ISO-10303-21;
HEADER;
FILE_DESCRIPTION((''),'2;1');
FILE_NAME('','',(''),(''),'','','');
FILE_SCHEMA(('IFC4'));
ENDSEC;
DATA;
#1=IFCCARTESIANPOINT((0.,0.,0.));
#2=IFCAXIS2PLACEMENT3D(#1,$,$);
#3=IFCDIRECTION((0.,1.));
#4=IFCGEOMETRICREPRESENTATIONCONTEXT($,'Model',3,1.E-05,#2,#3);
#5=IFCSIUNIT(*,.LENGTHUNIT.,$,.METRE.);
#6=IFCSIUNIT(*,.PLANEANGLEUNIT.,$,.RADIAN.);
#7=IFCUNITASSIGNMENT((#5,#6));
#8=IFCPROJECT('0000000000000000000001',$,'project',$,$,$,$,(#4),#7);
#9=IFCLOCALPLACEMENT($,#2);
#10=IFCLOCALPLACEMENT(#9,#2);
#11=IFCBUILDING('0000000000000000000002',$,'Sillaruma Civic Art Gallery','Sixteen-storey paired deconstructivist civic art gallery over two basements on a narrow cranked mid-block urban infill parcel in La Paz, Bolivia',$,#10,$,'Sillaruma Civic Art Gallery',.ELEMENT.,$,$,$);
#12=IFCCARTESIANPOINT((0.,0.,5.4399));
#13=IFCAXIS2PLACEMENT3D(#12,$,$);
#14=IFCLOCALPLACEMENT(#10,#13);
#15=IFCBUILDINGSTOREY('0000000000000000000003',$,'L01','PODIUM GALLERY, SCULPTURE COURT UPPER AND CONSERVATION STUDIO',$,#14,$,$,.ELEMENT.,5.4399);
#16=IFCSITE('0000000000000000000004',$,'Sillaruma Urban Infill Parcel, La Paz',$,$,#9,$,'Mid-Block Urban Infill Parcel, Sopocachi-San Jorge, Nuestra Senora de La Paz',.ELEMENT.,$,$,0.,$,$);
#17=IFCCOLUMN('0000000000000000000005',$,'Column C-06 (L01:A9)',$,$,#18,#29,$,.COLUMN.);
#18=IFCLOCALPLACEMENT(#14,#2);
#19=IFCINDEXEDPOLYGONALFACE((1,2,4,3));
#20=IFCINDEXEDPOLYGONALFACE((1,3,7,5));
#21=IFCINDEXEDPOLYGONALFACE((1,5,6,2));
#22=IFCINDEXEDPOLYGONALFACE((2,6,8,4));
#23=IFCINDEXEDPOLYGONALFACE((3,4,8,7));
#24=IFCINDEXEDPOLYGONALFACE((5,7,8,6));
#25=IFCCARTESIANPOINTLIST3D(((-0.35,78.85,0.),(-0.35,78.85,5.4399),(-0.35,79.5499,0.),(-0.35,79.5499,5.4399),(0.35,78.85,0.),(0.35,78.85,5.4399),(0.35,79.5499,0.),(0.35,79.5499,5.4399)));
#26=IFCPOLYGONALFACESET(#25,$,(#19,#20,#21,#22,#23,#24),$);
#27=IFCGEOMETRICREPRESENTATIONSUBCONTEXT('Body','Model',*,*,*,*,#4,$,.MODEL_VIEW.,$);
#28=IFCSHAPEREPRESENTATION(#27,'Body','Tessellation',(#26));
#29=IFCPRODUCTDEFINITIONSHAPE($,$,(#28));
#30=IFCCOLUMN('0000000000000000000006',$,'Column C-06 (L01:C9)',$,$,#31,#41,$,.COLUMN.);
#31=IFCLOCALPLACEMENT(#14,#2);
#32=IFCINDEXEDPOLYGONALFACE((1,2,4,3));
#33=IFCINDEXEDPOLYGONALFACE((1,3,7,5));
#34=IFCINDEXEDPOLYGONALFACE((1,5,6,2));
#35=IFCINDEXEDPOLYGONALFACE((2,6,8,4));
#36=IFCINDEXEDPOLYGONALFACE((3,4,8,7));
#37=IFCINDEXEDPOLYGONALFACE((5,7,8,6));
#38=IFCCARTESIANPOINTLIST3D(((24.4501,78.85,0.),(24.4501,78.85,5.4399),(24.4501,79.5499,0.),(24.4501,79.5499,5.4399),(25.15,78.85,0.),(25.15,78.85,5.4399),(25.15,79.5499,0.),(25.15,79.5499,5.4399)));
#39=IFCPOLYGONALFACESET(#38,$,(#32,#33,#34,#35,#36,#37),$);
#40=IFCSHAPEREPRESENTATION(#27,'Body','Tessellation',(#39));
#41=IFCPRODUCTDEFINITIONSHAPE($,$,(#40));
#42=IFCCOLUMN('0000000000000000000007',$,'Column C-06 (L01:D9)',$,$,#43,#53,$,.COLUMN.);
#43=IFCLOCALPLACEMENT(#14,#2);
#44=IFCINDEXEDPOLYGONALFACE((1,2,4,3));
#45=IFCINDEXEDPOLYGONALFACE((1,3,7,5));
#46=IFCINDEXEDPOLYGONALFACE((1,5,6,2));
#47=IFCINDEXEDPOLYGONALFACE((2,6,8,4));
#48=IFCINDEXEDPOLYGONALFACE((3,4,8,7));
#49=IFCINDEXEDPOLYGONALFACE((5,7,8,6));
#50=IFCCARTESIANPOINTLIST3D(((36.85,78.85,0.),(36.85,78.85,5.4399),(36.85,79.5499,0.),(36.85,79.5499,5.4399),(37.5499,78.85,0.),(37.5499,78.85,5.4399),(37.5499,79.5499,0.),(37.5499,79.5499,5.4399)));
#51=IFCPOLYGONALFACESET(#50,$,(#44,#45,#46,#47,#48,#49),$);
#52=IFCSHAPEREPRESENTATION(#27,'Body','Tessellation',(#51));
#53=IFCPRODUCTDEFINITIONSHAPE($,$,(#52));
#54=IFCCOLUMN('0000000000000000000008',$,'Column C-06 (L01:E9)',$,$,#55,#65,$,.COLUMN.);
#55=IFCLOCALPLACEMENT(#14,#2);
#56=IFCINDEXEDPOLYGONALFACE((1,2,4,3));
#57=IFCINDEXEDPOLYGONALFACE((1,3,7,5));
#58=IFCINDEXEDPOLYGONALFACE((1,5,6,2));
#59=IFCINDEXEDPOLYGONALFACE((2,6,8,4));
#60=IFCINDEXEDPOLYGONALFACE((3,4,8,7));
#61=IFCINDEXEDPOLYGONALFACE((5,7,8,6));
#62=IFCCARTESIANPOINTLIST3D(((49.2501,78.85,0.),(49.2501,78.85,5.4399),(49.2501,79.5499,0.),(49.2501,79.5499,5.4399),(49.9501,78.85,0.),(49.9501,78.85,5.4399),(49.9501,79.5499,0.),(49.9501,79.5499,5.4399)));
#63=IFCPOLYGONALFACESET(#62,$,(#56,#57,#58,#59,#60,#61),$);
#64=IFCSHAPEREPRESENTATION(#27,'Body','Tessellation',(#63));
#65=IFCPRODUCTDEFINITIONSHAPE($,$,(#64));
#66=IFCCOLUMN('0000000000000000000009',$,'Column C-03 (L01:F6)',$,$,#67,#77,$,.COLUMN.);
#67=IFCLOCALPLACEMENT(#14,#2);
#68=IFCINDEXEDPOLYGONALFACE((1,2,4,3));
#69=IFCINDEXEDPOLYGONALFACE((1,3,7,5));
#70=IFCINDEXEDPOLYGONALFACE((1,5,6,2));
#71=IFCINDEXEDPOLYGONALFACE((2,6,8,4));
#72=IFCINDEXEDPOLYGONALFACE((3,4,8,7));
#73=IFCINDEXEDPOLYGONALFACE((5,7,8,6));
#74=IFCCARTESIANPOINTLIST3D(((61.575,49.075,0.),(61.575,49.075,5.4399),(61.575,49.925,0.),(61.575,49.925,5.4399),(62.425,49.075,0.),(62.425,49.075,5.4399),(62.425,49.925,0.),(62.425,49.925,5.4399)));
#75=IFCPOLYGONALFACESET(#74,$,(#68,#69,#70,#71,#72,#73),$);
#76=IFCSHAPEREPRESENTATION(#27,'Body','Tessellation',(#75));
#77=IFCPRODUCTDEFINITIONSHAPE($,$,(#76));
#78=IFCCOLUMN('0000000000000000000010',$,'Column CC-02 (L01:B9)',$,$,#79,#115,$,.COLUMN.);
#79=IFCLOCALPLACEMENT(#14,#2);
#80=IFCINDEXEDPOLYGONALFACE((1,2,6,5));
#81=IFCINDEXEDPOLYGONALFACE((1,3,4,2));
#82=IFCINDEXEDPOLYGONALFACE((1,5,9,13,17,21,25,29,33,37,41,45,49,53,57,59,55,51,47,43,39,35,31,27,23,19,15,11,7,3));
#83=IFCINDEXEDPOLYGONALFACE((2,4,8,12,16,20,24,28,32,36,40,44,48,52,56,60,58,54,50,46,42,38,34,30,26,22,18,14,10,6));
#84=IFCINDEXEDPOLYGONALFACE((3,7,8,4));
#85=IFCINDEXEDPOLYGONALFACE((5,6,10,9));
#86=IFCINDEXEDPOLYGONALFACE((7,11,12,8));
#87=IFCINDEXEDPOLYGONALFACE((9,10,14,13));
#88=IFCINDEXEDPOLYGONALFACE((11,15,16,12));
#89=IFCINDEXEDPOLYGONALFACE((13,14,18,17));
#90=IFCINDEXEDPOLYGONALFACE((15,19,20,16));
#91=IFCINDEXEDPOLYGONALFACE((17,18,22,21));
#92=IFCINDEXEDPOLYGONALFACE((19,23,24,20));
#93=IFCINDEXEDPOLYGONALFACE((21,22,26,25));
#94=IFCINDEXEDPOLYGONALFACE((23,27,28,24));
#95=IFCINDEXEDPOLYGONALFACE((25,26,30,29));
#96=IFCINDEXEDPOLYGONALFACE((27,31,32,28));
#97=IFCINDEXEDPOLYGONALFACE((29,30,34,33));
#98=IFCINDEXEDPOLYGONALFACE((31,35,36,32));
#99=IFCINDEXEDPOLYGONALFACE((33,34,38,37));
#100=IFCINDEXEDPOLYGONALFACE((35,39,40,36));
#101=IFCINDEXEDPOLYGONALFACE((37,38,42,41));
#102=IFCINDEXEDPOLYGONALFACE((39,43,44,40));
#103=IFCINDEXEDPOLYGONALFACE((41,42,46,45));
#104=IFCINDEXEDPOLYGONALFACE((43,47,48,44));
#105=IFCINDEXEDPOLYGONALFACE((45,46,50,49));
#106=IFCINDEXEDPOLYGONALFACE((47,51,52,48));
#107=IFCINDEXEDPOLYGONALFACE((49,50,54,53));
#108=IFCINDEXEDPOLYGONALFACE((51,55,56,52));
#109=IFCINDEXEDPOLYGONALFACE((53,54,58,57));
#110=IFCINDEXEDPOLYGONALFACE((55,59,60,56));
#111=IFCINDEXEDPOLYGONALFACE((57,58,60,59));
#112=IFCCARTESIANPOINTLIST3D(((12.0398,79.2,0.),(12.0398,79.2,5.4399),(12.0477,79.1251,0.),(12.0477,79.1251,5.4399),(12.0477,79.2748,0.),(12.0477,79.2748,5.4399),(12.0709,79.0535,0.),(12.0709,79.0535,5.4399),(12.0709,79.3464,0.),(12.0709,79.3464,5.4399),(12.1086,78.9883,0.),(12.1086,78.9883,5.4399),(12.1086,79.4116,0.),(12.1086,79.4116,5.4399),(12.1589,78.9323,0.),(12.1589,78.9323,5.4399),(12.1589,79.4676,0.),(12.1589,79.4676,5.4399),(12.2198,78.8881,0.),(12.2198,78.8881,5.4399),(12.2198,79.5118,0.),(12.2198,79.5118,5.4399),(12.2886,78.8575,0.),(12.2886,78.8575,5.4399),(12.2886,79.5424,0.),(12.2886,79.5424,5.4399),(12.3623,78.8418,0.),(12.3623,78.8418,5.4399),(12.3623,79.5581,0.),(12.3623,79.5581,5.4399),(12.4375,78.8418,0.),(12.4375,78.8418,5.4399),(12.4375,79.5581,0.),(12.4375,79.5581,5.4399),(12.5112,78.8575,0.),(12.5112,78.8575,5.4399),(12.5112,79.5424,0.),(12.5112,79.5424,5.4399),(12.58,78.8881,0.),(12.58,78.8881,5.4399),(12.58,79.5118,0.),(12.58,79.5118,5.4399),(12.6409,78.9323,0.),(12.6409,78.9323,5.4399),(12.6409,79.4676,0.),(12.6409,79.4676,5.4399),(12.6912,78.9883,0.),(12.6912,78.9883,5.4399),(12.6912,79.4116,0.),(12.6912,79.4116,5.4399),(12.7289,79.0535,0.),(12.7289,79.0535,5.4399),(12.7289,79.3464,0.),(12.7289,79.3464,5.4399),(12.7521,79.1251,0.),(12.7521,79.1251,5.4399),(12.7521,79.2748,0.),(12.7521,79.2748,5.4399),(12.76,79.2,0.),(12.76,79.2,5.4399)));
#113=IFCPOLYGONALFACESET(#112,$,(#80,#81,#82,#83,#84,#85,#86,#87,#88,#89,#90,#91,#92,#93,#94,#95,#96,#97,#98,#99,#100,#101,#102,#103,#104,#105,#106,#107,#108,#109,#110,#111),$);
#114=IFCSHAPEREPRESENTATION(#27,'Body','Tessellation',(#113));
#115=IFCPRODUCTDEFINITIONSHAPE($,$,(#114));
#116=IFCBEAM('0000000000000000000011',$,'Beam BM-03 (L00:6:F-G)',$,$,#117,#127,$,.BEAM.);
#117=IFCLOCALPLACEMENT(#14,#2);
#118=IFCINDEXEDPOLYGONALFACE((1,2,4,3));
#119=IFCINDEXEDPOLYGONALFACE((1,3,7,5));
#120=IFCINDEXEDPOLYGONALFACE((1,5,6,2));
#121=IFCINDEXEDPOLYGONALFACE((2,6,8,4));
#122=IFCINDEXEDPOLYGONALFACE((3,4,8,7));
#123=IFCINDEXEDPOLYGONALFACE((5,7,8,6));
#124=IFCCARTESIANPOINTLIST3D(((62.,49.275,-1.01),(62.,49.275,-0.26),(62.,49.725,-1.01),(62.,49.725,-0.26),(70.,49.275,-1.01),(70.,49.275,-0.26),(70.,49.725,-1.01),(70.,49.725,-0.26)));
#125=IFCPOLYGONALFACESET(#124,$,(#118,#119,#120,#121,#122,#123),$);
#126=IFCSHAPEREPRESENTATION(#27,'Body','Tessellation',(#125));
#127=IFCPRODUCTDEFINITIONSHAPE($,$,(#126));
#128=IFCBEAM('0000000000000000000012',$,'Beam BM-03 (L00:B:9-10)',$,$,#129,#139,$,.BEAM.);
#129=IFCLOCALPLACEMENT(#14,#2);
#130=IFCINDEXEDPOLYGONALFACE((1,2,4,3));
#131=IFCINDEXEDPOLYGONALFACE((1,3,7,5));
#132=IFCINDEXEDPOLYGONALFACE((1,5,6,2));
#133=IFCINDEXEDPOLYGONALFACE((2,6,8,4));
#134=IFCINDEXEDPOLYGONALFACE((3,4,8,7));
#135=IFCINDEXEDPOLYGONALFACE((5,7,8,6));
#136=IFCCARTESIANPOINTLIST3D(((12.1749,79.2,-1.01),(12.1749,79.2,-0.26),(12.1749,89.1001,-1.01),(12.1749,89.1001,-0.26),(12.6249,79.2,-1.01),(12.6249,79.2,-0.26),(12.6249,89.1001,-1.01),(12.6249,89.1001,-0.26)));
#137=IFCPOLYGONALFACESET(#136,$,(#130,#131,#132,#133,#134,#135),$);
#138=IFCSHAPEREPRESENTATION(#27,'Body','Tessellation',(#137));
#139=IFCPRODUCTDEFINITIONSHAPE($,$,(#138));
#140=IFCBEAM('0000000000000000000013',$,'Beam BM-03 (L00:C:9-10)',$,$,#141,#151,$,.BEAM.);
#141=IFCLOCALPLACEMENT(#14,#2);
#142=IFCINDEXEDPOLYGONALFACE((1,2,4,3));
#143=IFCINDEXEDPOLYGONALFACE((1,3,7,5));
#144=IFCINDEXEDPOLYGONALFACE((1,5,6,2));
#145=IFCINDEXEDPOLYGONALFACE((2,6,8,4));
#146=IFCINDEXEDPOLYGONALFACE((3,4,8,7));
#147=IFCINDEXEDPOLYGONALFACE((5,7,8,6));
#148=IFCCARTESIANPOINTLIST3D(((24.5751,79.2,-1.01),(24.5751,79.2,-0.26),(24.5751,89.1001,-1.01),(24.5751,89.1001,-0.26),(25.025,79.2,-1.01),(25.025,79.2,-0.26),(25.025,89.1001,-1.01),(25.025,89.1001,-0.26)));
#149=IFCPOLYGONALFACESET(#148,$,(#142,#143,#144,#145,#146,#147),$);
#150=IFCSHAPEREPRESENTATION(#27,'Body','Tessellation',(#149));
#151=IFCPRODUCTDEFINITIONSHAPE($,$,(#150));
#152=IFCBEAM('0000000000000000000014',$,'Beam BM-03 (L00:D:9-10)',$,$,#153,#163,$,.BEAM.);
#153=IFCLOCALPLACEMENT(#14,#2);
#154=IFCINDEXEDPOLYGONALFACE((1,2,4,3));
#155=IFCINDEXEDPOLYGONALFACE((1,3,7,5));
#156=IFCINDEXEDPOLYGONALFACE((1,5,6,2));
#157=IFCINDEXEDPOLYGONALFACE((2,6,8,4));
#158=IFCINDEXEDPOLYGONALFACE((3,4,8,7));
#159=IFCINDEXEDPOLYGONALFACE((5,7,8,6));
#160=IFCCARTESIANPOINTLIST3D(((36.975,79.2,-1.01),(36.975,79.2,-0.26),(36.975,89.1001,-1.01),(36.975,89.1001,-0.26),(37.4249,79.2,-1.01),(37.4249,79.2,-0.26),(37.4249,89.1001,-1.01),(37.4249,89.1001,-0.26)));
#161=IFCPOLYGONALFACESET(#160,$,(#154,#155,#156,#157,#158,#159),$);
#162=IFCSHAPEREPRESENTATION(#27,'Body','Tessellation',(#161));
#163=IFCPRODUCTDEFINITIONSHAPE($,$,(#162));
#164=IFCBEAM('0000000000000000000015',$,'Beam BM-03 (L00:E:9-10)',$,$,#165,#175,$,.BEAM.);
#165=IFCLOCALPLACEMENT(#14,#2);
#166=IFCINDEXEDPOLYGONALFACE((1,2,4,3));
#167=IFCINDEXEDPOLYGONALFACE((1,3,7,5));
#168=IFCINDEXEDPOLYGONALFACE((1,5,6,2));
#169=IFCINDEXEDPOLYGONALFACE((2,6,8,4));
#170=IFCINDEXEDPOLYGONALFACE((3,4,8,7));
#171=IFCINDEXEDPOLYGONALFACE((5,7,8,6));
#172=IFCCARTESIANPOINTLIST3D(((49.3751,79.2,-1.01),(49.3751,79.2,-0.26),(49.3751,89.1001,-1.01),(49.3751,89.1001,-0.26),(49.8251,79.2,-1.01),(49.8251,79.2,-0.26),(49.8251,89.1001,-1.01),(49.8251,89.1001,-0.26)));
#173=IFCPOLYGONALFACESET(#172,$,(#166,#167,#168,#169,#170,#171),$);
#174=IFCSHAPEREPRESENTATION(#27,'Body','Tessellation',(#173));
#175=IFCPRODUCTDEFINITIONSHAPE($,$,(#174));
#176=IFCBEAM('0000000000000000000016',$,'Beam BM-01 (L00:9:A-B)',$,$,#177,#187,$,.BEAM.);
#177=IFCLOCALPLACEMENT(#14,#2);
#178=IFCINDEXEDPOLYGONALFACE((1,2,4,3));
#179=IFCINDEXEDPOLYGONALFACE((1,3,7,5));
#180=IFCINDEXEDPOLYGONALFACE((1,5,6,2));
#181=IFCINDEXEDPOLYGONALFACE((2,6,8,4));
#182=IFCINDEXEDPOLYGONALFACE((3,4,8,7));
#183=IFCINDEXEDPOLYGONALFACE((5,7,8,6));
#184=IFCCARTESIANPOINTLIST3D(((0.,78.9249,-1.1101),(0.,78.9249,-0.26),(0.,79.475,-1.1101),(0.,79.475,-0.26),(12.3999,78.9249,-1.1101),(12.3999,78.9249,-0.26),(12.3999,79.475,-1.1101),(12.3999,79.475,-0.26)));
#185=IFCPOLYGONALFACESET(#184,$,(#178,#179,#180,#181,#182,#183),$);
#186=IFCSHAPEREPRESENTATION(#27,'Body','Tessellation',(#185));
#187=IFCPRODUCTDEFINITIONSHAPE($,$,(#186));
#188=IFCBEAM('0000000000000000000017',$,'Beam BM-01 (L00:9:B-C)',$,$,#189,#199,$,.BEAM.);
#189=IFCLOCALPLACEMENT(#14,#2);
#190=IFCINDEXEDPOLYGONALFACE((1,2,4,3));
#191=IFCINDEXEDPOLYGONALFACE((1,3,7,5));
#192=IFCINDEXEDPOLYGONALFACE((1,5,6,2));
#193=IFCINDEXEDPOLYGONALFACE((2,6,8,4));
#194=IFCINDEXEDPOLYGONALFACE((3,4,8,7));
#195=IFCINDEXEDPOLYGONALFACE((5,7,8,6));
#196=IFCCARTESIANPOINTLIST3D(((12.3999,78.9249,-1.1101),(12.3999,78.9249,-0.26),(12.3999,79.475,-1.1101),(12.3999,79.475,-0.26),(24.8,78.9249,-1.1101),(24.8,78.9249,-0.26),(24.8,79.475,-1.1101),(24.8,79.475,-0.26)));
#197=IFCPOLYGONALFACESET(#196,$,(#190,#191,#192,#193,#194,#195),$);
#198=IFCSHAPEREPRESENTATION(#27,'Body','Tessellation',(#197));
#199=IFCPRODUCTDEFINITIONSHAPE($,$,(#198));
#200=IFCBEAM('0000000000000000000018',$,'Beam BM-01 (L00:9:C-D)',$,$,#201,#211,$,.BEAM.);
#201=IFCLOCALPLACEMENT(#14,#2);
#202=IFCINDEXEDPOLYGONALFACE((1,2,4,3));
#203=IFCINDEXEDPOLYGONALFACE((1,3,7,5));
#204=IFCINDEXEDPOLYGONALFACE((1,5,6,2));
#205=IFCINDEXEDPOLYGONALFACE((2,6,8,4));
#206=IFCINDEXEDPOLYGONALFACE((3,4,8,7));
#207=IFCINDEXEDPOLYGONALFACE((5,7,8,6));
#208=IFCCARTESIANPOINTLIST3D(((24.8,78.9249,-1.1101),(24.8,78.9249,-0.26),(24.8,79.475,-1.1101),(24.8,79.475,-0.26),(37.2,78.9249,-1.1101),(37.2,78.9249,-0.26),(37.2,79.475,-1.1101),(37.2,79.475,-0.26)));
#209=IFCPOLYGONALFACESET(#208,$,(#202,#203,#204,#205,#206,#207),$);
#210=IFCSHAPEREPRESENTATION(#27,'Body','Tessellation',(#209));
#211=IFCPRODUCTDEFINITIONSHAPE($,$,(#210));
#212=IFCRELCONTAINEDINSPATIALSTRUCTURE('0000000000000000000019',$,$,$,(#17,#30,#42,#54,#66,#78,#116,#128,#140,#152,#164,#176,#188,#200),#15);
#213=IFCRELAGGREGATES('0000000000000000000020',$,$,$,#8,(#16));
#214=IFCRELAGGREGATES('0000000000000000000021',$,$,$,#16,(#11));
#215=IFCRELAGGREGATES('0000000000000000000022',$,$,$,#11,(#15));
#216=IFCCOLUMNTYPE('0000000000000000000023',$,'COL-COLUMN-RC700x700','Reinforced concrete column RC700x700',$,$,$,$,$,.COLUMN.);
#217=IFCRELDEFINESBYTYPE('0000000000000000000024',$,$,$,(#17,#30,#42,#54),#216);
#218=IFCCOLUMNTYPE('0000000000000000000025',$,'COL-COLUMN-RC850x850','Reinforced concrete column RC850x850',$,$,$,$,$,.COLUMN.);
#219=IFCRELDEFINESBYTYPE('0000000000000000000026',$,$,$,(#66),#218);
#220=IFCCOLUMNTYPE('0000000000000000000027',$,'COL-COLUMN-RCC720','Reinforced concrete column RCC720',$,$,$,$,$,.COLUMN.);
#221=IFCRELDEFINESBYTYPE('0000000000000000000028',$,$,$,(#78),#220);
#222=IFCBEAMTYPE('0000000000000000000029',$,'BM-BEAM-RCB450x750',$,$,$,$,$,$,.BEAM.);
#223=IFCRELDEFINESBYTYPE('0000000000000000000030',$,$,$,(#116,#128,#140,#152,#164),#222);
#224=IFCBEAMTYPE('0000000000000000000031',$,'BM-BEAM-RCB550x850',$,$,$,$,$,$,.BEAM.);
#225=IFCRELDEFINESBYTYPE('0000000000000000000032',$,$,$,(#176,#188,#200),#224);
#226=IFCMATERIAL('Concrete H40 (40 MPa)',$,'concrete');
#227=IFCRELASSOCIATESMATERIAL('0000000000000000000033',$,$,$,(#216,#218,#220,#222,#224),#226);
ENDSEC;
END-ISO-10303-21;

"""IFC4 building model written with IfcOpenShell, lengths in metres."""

from ifc_helpers import new_model, si_unit, direction, frame, origin, origin_2d, place, context, subcontext, project, spatial, rectangle, circle, extrude, material, material_profile, profile_set, type_object, element, save


model = new_model("IFC4")

# Units and contexts
model_context = context("Model", 3, precision=1e-05, world=origin(), true_north=direction((0.0, 1.0)))
body_context = subcontext(model_context, "Body", "Model", "MODEL_VIEW")
ifc_project = project(units=[si_unit("LENGTHUNIT", "METRE"), si_unit("PLANEANGLEUNIT", "RADIAN")], contexts=[model_context])

# Site, building, storey
site_placement = place(None, origin())
site = spatial("IfcSite", under=ifc_project, at=site_placement, Name="Sillaruma Urban Infill Parcel, La Paz", LongName="Mid-Block Urban Infill Parcel, Sopocachi-San Jorge, Nuestra Senora de La Paz", CompositionType="ELEMENT", RefElevation=0.0)
building_placement = place(site_placement, origin())
building = spatial("IfcBuilding", under=site, at=building_placement, Name="Sillaruma Civic Art Gallery", Description="Sixteen-storey paired deconstructivist civic art gallery over two basements on a narrow cranked mid-block urban infill parcel in La Paz, Bolivia", LongName="Sillaruma Civic Art Gallery", CompositionType="ELEMENT")
storey_placement = place(building_placement, frame((0.0, 0.0, 5.4399)))
storey = spatial("IfcBuildingStorey", under=building, at=storey_placement, Name="L01", Description="PODIUM GALLERY, SCULPTURE COURT UPPER AND CONSERVATION STUDIO", CompositionType="ELEMENT", Elevation=5.4399)

# Columns
ifc_material_1 = material(Name="Concrete H40 (40 MPa)", Category="concrete")
ifc_material_profile_1 = material_profile(ifc_material_1, rectangle(XDim=0.7, YDim=0.7, at=origin_2d()), Name="RC700x700")
ifc_profile_set_1 = profile_set([ifc_material_profile_1], Name="Concrete H40 (40 MPa)")
column_type_1 = type_object("IfcColumnType", Name="COL-COLUMN-RC700x700", Description="Reinforced concrete column RC700x700", PredefinedType="COLUMN", material=ifc_profile_set_1)
for number, where, z_axis, x_axis, name in (
    (1, (0.0, 79.2, 0.0), (0.0, 0.0, 1.0), (1.0, 0.0, 0.0), "Column C-06 (L01:A9)"),
    (2, (24.8, 79.2, 0.0), (0.0, 0.0, 1.0), (1.0, 0.0, 0.0), "Column C-06 (L01:C9)"),
    (3, (37.2, 79.2, 0.0), (0.0, 0.0, 1.0), (1.0, 0.0, 0.0), "Column C-06 (L01:D9)"),
    (4, (49.6001, 79.2, 0.0), (0.0, 0.0, 1.0), (1.0, 0.0, 0.0), "Column C-06 (L01:E9)"),
):
    element("IfcColumn", number, at=place(storey_placement, frame(where, z_axis=z_axis, x_axis=x_axis)), inside=storey, type_object=column_type_1, Name=name, PredefinedType="COLUMN", context=body_context, shape_type="SweptSolid", body=[
        extrude(rectangle(XDim=0.7, YDim=0.7, at=origin_2d()), origin(), (0.0, 0.0, 1.0), 5.4399),
    ])
ifc_material_profile_2 = material_profile(ifc_material_1, rectangle(XDim=0.8501, YDim=0.8501, at=origin_2d()), Name="RC850x850")
ifc_profile_set_2 = profile_set([ifc_material_profile_2], Name="Concrete H40 (40 MPa)")
column_type_2 = type_object("IfcColumnType", Name="COL-COLUMN-RC850x850", Description="Reinforced concrete column RC850x850", PredefinedType="COLUMN", material=ifc_profile_set_2)
column_1_placement = place(storey_placement, frame((62.0, 49.5, 0.0), z_axis=(0.0, 0.0, 1.0), x_axis=(1.0, 0.0, 0.0)))
element("IfcColumn", 5, at=column_1_placement, inside=storey, type_object=column_type_2, Name="Column C-03 (L01:F6)", PredefinedType="COLUMN", context=body_context, shape_type="SweptSolid", body=[
    extrude(rectangle(XDim=0.8501, YDim=0.8501, at=origin_2d()), origin(), (0.0, 0.0, 1.0), 5.4399),
])
ifc_material_profile_3 = material_profile(ifc_material_1, circle(Radius=0.3601, at=origin_2d()), Name="RCC720")
ifc_profile_set_3 = profile_set([ifc_material_profile_3], Name="Concrete H40 (40 MPa)")
column_type_3 = type_object("IfcColumnType", Name="COL-COLUMN-RCC720", Description="Reinforced concrete column RCC720", PredefinedType="COLUMN", material=ifc_profile_set_3)
column_2_placement = place(storey_placement, frame((12.3999, 79.2, 0.0), z_axis=(0.0, 0.0, 1.0), x_axis=(1.0, 0.0, 0.0)))
element("IfcColumn", 6, at=column_2_placement, inside=storey, type_object=column_type_3, Name="Column CC-02 (L01:B9)", PredefinedType="COLUMN", context=body_context, shape_type="SweptSolid", body=[
    extrude(circle(Radius=0.3601, at=origin_2d()), origin(), (0.0, 0.0, 1.0), 5.4399),
])

# Beams
ifc_material_profile_4 = material_profile(ifc_material_1, rectangle(XDim=0.45, YDim=0.75, at=origin_2d()), Name="RCB450x750")
ifc_profile_set_4 = profile_set([ifc_material_profile_4], Name="Concrete H40 (40 MPa)")
beam_type_1 = type_object("IfcBeamType", Name="BM-BEAM-RCB450x750", PredefinedType="BEAM", material=ifc_profile_set_4)
beam_1_placement = place(storey_placement, frame((62.0, 49.5, -0.635), z_axis=(1.0, 0.0, 0.0), x_axis=(0.0, 1.0, 0.0)))
element("IfcBeam", 7, at=beam_1_placement, inside=storey, type_object=beam_type_1, Name="Beam BM-03 (L00:6:F-G)", PredefinedType="BEAM", context=body_context, shape_type="SweptSolid", body=[
    extrude(rectangle(XDim=0.45, YDim=0.75, at=origin_2d()), origin(), (0.0, 0.0, 1.0), 8.0),
])
for number, where, z_axis, x_axis, name in (
    (8, (12.3999, 79.2, -0.635), (0.0, 1.0, 0.0), (-1.0, 0.0, 0.0), "Beam BM-03 (L00:B:9-10)"),
    (9, (24.8, 79.2, -0.635), (0.0, 1.0, 0.0), (-1.0, 0.0, 0.0), "Beam BM-03 (L00:C:9-10)"),
    (10, (37.2, 79.2, -0.635), (0.0, 1.0, 0.0), (-1.0, 0.0, 0.0), "Beam BM-03 (L00:D:9-10)"),
    (11, (49.6001, 79.2, -0.635), (0.0, 1.0, 0.0), (-1.0, 0.0, 0.0), "Beam BM-03 (L00:E:9-10)"),
):
    element("IfcBeam", number, at=place(storey_placement, frame(where, z_axis=z_axis, x_axis=x_axis)), inside=storey, type_object=beam_type_1, Name=name, PredefinedType="BEAM", context=body_context, shape_type="SweptSolid", body=[
        extrude(rectangle(XDim=0.45, YDim=0.75, at=origin_2d()), origin(), (0.0, 0.0, 1.0), 9.9001),
    ])
ifc_material_profile_5 = material_profile(ifc_material_1, rectangle(XDim=0.55, YDim=0.8501, at=origin_2d()), Name="RCB550x850")
ifc_profile_set_5 = profile_set([ifc_material_profile_5], Name="Concrete H40 (40 MPa)")
beam_type_2 = type_object("IfcBeamType", Name="BM-BEAM-RCB550x850", PredefinedType="BEAM", material=ifc_profile_set_5)
beam_2_placement = place(storey_placement, frame((0.0, 79.2, -0.6851), z_axis=(1.0, 0.0, 0.0), x_axis=(0.0, 1.0, 0.0)))
element("IfcBeam", 12, at=beam_2_placement, inside=storey, type_object=beam_type_2, Name="Beam BM-01 (L00:9:A-B)", PredefinedType="BEAM", context=body_context, shape_type="SweptSolid", body=[
    extrude(rectangle(XDim=0.55, YDim=0.8501, at=origin_2d()), origin(), (0.0, 0.0, 1.0), 12.3999),
])
beam_3_placement = place(storey_placement, frame((12.3999, 79.2, -0.6851), z_axis=(1.0, 0.0, 0.0), x_axis=(0.0, 1.0, 0.0)))
element("IfcBeam", 13, at=beam_3_placement, inside=storey, type_object=beam_type_2, Name="Beam BM-01 (L00:9:B-C)", PredefinedType="BEAM", context=body_context, shape_type="SweptSolid", body=[
    extrude(rectangle(XDim=0.55, YDim=0.8501, at=origin_2d()), origin(), (0.0, 0.0, 1.0), 12.4001),
])
beam_4_placement = place(storey_placement, frame((24.8, 79.2, -0.6851), z_axis=(1.0, 0.0, 0.0), x_axis=(0.0, 1.0, 0.0)))
element("IfcBeam", 14, at=beam_4_placement, inside=storey, type_object=beam_type_2, Name="Beam BM-01 (L00:9:C-D)", PredefinedType="BEAM", context=body_context, shape_type="SweptSolid", body=[
    extrude(rectangle(XDim=0.55, YDim=0.8501, at=origin_2d()), origin(), (0.0, 0.0, 1.0), 12.3999),
])

save(model, "model.ifc")
